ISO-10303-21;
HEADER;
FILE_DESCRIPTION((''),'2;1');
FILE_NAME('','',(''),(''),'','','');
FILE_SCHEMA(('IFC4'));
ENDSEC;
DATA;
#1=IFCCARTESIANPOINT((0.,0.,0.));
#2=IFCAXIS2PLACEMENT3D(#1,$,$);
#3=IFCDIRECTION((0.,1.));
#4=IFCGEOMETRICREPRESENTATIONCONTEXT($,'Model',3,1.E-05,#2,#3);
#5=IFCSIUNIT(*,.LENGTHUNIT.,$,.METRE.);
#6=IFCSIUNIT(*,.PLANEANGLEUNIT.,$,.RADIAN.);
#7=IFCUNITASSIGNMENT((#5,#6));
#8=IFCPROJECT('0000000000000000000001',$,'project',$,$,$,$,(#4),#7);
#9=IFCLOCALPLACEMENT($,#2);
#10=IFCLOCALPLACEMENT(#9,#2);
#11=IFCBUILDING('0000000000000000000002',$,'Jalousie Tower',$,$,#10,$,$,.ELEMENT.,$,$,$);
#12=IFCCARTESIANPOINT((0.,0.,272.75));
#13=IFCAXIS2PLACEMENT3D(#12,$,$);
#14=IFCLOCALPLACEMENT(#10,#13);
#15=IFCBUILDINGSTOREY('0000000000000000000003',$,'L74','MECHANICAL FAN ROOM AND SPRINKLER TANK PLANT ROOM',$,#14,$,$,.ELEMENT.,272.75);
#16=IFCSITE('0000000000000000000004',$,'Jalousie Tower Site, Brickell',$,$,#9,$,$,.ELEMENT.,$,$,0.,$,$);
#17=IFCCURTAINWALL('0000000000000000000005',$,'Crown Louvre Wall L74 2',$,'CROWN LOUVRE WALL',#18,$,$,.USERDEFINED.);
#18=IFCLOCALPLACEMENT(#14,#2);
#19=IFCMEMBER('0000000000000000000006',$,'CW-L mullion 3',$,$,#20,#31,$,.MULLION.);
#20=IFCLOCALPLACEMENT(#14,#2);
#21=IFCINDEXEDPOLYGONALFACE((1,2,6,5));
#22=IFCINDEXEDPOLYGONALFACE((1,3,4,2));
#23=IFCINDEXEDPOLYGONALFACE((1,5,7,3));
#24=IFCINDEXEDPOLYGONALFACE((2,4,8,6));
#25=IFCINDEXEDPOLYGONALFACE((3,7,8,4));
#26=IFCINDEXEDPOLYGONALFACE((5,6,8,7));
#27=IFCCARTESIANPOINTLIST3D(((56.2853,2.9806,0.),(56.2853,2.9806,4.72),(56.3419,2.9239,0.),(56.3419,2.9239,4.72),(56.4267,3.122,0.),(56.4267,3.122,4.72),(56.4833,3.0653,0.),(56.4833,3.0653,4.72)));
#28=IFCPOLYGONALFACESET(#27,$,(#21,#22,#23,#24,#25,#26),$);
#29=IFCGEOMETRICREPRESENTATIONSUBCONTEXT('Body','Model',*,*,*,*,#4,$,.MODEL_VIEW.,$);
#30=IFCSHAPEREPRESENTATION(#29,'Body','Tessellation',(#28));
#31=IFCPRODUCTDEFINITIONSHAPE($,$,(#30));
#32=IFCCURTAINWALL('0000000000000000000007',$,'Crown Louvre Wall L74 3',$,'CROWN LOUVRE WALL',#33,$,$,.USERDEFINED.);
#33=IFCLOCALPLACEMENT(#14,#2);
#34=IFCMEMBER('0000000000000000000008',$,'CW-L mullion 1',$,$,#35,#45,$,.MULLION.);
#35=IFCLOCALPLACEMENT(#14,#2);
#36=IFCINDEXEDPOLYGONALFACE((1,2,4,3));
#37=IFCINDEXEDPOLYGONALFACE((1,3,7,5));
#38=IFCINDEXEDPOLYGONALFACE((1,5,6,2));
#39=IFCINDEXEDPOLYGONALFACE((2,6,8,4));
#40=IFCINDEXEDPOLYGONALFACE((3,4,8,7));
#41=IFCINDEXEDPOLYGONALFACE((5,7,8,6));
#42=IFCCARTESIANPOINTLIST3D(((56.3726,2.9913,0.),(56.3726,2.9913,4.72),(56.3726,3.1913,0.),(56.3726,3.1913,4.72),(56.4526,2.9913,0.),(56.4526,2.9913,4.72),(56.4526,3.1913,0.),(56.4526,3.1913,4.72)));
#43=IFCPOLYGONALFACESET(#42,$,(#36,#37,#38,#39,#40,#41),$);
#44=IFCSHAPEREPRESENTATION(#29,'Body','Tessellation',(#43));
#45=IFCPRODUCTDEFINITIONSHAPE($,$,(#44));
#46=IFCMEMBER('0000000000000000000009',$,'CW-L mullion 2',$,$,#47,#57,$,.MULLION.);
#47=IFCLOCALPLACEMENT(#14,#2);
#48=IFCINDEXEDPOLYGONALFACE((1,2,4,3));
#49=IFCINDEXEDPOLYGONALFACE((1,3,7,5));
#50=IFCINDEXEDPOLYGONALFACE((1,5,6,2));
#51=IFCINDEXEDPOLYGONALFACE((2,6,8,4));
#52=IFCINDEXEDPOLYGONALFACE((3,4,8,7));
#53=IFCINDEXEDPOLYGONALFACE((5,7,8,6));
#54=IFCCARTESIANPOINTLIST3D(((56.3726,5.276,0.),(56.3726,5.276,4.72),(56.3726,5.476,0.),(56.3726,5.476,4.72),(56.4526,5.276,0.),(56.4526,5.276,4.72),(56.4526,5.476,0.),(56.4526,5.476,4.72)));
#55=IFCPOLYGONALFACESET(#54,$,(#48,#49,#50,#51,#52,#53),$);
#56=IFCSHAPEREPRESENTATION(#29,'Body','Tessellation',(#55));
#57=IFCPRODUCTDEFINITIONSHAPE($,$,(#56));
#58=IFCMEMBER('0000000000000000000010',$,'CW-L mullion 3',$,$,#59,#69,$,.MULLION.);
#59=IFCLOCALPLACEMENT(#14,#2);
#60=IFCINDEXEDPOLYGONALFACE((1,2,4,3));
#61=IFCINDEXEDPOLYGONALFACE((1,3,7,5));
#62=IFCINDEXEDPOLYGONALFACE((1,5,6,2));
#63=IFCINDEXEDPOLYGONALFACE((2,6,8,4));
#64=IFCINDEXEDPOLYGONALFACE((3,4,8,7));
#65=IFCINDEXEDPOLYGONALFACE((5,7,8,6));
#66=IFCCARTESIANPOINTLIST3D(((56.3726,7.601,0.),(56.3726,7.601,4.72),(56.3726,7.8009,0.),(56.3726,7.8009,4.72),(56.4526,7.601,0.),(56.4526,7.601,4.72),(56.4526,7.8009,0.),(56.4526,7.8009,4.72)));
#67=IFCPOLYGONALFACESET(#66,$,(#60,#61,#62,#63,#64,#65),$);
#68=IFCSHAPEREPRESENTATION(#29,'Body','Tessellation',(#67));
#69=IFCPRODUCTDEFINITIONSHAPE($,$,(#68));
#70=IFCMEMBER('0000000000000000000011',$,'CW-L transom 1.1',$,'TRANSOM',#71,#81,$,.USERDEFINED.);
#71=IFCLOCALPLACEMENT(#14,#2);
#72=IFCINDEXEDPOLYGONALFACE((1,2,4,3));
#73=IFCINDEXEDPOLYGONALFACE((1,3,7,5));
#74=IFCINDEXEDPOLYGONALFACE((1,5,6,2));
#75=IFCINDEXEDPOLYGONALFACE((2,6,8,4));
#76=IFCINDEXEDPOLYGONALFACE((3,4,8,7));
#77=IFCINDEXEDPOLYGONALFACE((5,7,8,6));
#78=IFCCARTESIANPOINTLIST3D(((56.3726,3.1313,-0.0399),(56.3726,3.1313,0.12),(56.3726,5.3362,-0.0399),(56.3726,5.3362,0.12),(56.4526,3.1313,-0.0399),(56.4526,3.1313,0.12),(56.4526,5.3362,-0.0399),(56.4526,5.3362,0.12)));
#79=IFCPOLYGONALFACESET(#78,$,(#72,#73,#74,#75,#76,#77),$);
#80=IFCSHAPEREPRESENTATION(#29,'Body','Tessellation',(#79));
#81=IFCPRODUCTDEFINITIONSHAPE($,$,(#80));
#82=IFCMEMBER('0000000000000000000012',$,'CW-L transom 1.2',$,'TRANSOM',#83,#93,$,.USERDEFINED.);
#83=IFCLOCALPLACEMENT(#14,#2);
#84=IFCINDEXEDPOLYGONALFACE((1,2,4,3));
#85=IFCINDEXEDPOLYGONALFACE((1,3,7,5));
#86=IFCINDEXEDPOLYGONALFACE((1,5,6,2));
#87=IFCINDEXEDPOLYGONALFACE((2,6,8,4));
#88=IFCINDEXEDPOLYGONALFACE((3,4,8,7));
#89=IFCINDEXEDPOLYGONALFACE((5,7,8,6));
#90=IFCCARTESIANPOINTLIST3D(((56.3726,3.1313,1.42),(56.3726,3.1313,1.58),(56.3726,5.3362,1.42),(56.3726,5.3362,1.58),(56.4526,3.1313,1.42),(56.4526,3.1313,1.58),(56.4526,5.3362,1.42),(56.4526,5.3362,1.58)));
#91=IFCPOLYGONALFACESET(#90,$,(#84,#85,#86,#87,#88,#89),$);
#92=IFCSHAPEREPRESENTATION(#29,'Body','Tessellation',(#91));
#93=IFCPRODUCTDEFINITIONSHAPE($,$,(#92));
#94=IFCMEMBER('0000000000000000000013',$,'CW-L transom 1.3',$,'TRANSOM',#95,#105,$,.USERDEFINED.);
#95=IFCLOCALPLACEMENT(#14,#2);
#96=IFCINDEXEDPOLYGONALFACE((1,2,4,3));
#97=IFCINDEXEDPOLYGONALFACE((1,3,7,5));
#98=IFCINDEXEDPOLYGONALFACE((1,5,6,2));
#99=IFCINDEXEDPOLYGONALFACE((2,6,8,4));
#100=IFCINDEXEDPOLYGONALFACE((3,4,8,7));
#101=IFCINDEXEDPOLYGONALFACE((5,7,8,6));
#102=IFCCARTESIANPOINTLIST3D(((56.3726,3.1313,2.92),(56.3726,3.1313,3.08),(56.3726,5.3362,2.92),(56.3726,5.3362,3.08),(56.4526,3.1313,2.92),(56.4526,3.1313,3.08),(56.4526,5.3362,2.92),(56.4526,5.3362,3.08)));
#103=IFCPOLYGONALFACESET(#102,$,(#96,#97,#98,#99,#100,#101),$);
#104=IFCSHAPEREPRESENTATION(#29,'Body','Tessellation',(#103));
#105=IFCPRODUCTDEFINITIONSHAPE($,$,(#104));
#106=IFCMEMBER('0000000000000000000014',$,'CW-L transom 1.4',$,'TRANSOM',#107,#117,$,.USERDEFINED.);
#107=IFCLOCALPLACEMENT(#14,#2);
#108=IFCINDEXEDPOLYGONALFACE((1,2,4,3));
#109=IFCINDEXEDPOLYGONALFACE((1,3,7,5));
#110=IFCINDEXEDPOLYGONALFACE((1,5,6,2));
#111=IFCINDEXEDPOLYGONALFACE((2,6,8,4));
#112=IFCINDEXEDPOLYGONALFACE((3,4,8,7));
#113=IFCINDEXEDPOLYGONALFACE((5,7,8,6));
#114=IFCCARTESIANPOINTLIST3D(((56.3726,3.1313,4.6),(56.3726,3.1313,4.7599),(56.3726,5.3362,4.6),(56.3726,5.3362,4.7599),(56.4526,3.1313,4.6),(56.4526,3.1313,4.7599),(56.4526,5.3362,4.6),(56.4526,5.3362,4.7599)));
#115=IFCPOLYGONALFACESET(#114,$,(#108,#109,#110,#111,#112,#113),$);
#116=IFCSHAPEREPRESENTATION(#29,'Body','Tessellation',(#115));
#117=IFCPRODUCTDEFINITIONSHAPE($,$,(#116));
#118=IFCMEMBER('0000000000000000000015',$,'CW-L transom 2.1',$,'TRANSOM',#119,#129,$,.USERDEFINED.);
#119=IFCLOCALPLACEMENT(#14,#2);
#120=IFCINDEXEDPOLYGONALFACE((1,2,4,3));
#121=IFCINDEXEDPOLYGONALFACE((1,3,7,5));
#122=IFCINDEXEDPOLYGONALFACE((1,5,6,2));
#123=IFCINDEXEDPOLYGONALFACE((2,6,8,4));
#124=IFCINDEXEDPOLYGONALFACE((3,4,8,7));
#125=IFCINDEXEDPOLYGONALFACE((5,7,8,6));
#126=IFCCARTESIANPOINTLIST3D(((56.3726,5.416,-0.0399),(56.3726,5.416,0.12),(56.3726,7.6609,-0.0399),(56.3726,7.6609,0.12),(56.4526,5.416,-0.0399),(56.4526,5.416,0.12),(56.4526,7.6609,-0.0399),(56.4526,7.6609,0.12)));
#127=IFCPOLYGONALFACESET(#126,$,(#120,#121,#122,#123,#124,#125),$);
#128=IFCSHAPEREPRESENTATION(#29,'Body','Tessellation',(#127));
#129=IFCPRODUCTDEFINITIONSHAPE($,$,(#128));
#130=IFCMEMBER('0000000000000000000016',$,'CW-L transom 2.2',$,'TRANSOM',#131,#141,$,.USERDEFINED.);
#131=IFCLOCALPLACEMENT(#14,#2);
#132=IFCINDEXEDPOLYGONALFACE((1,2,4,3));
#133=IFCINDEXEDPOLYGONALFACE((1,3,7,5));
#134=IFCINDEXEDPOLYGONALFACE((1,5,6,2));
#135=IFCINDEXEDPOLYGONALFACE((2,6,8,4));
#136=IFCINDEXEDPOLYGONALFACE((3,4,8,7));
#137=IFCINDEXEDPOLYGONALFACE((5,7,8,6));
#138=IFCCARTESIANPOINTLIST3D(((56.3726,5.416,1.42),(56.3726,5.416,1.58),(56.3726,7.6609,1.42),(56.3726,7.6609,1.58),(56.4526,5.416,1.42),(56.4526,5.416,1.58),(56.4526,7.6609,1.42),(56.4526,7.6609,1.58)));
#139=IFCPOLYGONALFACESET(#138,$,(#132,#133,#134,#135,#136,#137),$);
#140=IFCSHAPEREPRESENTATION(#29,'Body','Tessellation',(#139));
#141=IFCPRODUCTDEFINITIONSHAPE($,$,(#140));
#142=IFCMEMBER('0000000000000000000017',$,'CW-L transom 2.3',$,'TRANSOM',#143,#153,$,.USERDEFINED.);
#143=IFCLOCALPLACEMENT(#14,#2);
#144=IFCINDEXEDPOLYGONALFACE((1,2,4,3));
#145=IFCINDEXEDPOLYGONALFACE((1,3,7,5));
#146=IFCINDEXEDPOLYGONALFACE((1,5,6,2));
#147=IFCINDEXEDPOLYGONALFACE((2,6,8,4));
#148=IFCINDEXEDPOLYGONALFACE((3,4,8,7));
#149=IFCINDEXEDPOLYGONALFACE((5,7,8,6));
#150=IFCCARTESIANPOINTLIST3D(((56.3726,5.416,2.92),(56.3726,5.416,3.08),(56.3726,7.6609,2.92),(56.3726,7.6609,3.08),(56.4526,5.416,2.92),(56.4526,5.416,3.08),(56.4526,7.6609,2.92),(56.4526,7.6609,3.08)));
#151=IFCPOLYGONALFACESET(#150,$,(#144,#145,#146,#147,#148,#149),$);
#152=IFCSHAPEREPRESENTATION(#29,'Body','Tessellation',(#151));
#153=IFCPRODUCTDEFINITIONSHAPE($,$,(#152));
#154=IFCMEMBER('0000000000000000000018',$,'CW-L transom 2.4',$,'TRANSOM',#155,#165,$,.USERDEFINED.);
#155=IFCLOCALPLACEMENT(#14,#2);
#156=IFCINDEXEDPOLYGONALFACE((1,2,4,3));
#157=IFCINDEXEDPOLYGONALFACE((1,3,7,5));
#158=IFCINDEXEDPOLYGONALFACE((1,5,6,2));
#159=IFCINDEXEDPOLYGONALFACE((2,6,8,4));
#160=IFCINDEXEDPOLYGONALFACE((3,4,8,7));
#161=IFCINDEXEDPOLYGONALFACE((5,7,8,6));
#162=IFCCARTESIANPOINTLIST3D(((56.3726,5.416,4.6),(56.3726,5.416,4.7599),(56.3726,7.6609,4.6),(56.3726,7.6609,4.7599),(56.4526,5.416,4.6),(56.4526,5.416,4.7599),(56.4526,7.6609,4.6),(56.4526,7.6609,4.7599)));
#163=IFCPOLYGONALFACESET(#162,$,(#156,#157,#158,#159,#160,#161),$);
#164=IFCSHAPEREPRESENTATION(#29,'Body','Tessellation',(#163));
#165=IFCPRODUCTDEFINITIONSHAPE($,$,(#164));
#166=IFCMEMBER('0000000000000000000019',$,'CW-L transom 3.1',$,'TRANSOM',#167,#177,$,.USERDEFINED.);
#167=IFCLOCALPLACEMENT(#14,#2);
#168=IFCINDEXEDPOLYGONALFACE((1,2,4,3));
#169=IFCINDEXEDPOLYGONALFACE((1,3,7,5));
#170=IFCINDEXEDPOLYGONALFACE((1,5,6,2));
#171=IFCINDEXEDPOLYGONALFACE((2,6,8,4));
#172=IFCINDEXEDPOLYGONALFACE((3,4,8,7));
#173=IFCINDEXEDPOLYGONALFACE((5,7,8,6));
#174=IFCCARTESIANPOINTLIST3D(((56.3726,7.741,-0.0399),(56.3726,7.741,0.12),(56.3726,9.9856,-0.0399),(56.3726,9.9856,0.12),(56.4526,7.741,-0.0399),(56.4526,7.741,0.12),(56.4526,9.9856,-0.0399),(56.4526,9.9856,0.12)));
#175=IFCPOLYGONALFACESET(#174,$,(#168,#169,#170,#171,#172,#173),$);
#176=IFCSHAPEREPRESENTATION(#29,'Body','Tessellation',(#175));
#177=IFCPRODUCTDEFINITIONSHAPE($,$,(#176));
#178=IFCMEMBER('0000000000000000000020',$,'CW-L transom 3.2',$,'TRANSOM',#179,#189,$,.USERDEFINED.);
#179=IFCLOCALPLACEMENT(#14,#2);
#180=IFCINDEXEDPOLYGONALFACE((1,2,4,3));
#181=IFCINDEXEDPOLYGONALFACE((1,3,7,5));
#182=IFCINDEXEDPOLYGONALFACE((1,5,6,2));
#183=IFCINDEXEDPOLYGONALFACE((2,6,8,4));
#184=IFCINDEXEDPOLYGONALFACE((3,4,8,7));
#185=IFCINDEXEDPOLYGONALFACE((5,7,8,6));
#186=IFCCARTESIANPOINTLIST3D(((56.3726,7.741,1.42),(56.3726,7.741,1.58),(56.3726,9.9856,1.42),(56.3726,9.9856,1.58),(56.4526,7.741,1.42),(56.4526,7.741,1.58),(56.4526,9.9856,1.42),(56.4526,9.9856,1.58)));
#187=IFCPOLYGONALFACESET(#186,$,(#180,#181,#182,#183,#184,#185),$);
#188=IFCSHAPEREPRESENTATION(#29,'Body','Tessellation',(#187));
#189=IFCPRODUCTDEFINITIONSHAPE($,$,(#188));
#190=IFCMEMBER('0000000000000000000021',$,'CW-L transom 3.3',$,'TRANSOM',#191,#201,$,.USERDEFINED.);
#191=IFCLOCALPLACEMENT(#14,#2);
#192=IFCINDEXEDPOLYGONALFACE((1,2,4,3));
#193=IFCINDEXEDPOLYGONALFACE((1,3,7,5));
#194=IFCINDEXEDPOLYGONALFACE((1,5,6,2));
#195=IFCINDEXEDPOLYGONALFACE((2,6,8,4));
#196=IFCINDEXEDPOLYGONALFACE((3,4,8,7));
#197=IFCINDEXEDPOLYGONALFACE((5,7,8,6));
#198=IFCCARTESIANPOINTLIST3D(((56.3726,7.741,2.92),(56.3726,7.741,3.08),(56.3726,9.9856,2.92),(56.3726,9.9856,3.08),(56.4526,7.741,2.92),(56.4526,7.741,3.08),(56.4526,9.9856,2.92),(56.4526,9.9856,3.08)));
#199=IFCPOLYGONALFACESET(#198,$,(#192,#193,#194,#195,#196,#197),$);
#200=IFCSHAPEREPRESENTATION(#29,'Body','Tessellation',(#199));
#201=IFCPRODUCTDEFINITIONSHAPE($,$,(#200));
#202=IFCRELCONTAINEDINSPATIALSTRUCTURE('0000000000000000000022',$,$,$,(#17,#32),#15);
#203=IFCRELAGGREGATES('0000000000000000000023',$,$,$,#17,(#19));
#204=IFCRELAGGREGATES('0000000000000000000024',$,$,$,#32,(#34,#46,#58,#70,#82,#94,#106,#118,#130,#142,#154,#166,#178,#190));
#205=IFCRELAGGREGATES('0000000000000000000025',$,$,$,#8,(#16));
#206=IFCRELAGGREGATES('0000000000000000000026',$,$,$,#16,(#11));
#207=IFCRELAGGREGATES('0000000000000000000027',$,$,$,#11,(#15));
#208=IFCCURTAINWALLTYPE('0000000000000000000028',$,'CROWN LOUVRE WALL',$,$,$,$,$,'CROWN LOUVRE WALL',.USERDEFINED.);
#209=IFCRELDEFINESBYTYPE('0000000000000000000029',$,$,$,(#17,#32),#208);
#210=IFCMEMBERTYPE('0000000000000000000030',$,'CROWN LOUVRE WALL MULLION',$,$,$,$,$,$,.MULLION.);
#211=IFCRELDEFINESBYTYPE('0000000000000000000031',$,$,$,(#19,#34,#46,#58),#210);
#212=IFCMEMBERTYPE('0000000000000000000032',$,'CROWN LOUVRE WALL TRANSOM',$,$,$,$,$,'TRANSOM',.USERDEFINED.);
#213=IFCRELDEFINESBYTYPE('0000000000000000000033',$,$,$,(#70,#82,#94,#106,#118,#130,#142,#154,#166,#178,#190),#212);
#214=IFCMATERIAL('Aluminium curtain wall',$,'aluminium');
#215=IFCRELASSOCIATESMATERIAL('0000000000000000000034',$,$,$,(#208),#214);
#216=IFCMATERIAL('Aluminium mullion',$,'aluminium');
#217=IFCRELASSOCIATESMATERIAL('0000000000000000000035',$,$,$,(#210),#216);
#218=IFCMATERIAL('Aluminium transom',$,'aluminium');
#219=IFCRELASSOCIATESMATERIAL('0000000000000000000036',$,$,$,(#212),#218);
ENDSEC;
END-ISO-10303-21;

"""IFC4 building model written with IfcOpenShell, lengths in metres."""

from ifc_helpers import new_model, si_unit, direction, frame, origin, origin_2d, place, context, subcontext, project, spatial, rectangle, extrude, material, material_profile, profile_set, type_object, element, aggregate, save


model = new_model("IFC4")

# Units and contexts
model_context = context("Model", 3, precision=1e-05, world=origin(), true_north=direction((0.0, 1.0)))
body_context = subcontext(model_context, "Body", "Model", "MODEL_VIEW")
ifc_project = project(units=[si_unit("LENGTHUNIT", "METRE"), si_unit("PLANEANGLEUNIT", "RADIAN")], contexts=[model_context])

# Site, building, storey
site_placement = place(None, origin())
site = spatial("IfcSite", under=ifc_project, at=site_placement, Name="Jalousie Tower Site, Brickell", CompositionType="ELEMENT", RefElevation=0.0)
building_placement = place(site_placement, origin())
building = spatial("IfcBuilding", under=site, at=building_placement, Name="Jalousie Tower", CompositionType="ELEMENT")
storey_placement = place(building_placement, frame((0.0, 0.0, 272.75)))
storey = spatial("IfcBuildingStorey", under=building, at=storey_placement, Name="L74", Description="MECHANICAL FAN ROOM AND SPRINKLER TANK PLANT ROOM", CompositionType="ELEMENT", Elevation=272.75)

# Curtain wall, member
ifc_material_1 = material(Name="Aluminium curtain wall", Category="aluminium")
curtain_wall_type = type_object("IfcCurtainWallType", Name="CROWN LOUVRE WALL", ElementType="CROWN LOUVRE WALL", PredefinedType="USERDEFINED", material=ifc_material_1)
curtain_wall_1_placement = place(storey_placement, origin())
curtain_wall_1 = element("IfcCurtainWall", 1, at=curtain_wall_1_placement, inside=storey, type_object=curtain_wall_type, Name="Crown Louvre Wall L74 2", ObjectType="CROWN LOUVRE WALL", PredefinedType="USERDEFINED")
ifc_material_2 = material(Name="Aluminium mullion", Category="aluminium")
ifc_material_profile_1 = material_profile(ifc_material_2, rectangle(XDim=0.0801, YDim=0.2, at=origin_2d()), Name="MULLION 80x200")
ifc_profile_set_1 = profile_set([ifc_material_profile_1], Name="Aluminium mullion")
member_type_1 = type_object("IfcMemberType", Name="CROWN LOUVRE WALL MULLION", PredefinedType="MULLION", material=ifc_profile_set_1)
member_1_placement = place(storey_placement, frame((56.3843, 3.0229, 0.0), z_axis=(0.0, 0.0, 1.0), x_axis=(-0.707107, 0.707107, 0.0)))
member_1 = element("IfcMember", 2, at=member_1_placement, type_object=member_type_1, Name="CW-L mullion 3", PredefinedType="MULLION", context=body_context, shape_type="SweptSolid", body=[
    extrude(rectangle(XDim=0.0801, YDim=0.2, at=origin_2d()), origin(), (0.0, 0.0, 1.0), 4.72),
])
aggregate(curtain_wall_1, [member_1])

# Curtain wall, members
curtain_wall_2_placement = place(storey_placement, origin())
curtain_wall_2 = element("IfcCurtainWall", 3, at=curtain_wall_2_placement, inside=storey, type_object=curtain_wall_type, Name="Crown Louvre Wall L74 3", ObjectType="CROWN LOUVRE WALL", PredefinedType="USERDEFINED")
member_2_placement = place(storey_placement, frame((56.4126, 3.0913, 0.0), z_axis=(0.0, 0.0, 1.0), x_axis=(-1.0, 0.0, 0.0)))
member_2 = element("IfcMember", 4, at=member_2_placement, type_object=member_type_1, Name="CW-L mullion 1", PredefinedType="MULLION", context=body_context, shape_type="SweptSolid", body=[
    extrude(rectangle(XDim=0.0801, YDim=0.2, at=origin_2d()), origin(), (0.0, 0.0, 1.0), 4.72),
])
member_3_placement = place(storey_placement, frame((56.4126, 5.376, 0.0), z_axis=(0.0, 0.0, 1.0), x_axis=(-1.0, 0.0, 0.0)))
member_3 = element("IfcMember", 5, at=member_3_placement, type_object=member_type_1, Name="CW-L mullion 2", PredefinedType="MULLION", context=body_context, shape_type="SweptSolid", body=[
    extrude(rectangle(XDim=0.0801, YDim=0.2, at=origin_2d()), origin(), (0.0, 0.0, 1.0), 4.72),
])
member_4_placement = place(storey_placement, frame((56.4126, 7.7009, 0.0), z_axis=(0.0, 0.0, 1.0), x_axis=(-1.0, 0.0, 0.0)))
member_4 = element("IfcMember", 6, at=member_4_placement, type_object=member_type_1, Name="CW-L mullion 3", PredefinedType="MULLION", context=body_context, shape_type="SweptSolid", body=[
    extrude(rectangle(XDim=0.0801, YDim=0.2, at=origin_2d()), origin(), (0.0, 0.0, 1.0), 4.72),
])
ifc_material_3 = material(Name="Aluminium transom", Category="aluminium")
ifc_material_profile_2 = material_profile(ifc_material_3, rectangle(XDim=0.0801, YDim=0.1599, at=origin_2d()), Name="TRANSOM 80x160")
ifc_profile_set_2 = profile_set([ifc_material_profile_2], Name="Aluminium transom")
member_type_2 = type_object("IfcMemberType", Name="CROWN LOUVRE WALL TRANSOM", ElementType="TRANSOM", PredefinedType="USERDEFINED", material=ifc_profile_set_2)
member_5_placement = place(storey_placement, frame((56.4126, 3.1313, 0.04), z_axis=(0.0, 1.0, 0.0), x_axis=(-1.0, 0.0, 0.0)))
member_5 = element("IfcMember", 7, at=member_5_placement, type_object=member_type_2, Name="CW-L transom 1.1", ObjectType="TRANSOM", PredefinedType="USERDEFINED", context=body_context, shape_type="SweptSolid", body=[
    extrude(rectangle(XDim=0.0801, YDim=0.1599, at=origin_2d()), origin(), (0.0, 0.0, 1.0), 2.2048),
])
member_6_placement = place(storey_placement, frame((56.4126, 3.1313, 1.5), z_axis=(0.0, 1.0, 0.0), x_axis=(-1.0, 0.0, 0.0)))
member_6 = element("IfcMember", 8, at=member_6_placement, type_object=member_type_2, Name="CW-L transom 1.2", ObjectType="TRANSOM", PredefinedType="USERDEFINED", context=body_context, shape_type="SweptSolid", body=[
    extrude(rectangle(XDim=0.0801, YDim=0.1599, at=origin_2d()), origin(), (0.0, 0.0, 1.0), 2.2048),
])
member_7_placement = place(storey_placement, frame((56.4126, 3.1313, 3.0), z_axis=(0.0, 1.0, 0.0), x_axis=(-1.0, 0.0, 0.0)))
member_7 = element("IfcMember", 9, at=member_7_placement, type_object=member_type_2, Name="CW-L transom 1.3", ObjectType="TRANSOM", PredefinedType="USERDEFINED", context=body_context, shape_type="SweptSolid", body=[
    extrude(rectangle(XDim=0.0801, YDim=0.1599, at=origin_2d()), origin(), (0.0, 0.0, 1.0), 2.2048),
])
member_8_placement = place(storey_placement, frame((56.4126, 3.1313, 4.6799), z_axis=(0.0, 1.0, 0.0), x_axis=(-1.0, 0.0, 0.0)))
member_8 = element("IfcMember", 10, at=member_8_placement, type_object=member_type_2, Name="CW-L transom 1.4", ObjectType="TRANSOM", PredefinedType="USERDEFINED", context=body_context, shape_type="SweptSolid", body=[
    extrude(rectangle(XDim=0.0801, YDim=0.1599, at=origin_2d()), origin(), (0.0, 0.0, 1.0), 2.2048),
])
member_9_placement = place(storey_placement, frame((56.4126, 5.416, 0.04), z_axis=(0.0, 1.0, 0.0), x_axis=(-1.0, 0.0, 0.0)))
member_9 = element("IfcMember", 11, at=member_9_placement, type_object=member_type_2, Name="CW-L transom 2.1", ObjectType="TRANSOM", PredefinedType="USERDEFINED", context=body_context, shape_type="SweptSolid", body=[
    extrude(rectangle(XDim=0.0801, YDim=0.1599, at=origin_2d()), origin(), (0.0, 0.0, 1.0), 2.2449),
])
member_10_placement = place(storey_placement, frame((56.4126, 5.416, 1.5), z_axis=(0.0, 1.0, 0.0), x_axis=(-1.0, 0.0, 0.0)))
member_10 = element("IfcMember", 12, at=member_10_placement, type_object=member_type_2, Name="CW-L transom 2.2", ObjectType="TRANSOM", PredefinedType="USERDEFINED", context=body_context, shape_type="SweptSolid", body=[
    extrude(rectangle(XDim=0.0801, YDim=0.1599, at=origin_2d()), origin(), (0.0, 0.0, 1.0), 2.2449),
])
member_11_placement = place(storey_placement, frame((56.4126, 5.416, 3.0), z_axis=(0.0, 1.0, 0.0), x_axis=(-1.0, 0.0, 0.0)))
member_11 = element("IfcMember", 13, at=member_11_placement, type_object=member_type_2, Name="CW-L transom 2.3", ObjectType="TRANSOM", PredefinedType="USERDEFINED", context=body_context, shape_type="SweptSolid", body=[
    extrude(rectangle(XDim=0.0801, YDim=0.1599, at=origin_2d()), origin(), (0.0, 0.0, 1.0), 2.2449),
])
member_12_placement = place(storey_placement, frame((56.4126, 5.416, 4.6799), z_axis=(0.0, 1.0, 0.0), x_axis=(-1.0, 0.0, 0.0)))
member_12 = element("IfcMember", 14, at=member_12_placement, type_object=member_type_2, Name="CW-L transom 2.4", ObjectType="TRANSOM", PredefinedType="USERDEFINED", context=body_context, shape_type="SweptSolid", body=[
    extrude(rectangle(XDim=0.0801, YDim=0.1599, at=origin_2d()), origin(), (0.0, 0.0, 1.0), 2.2449),
])
member_13_placement = place(storey_placement, frame((56.4126, 7.741, 0.04), z_axis=(0.0, 1.0, 0.0), x_axis=(-1.0, 0.0, 0.0)))
member_13 = element("IfcMember", 15, at=member_13_placement, type_object=member_type_2, Name="CW-L transom 3.1", ObjectType="TRANSOM", PredefinedType="USERDEFINED", context=body_context, shape_type="SweptSolid", body=[
    extrude(rectangle(XDim=0.0801, YDim=0.1599, at=origin_2d()), origin(), (0.0, 0.0, 1.0), 2.2446),
])
member_14_placement = place(storey_placement, frame((56.4126, 7.741, 1.5), z_axis=(0.0, 1.0, 0.0), x_axis=(-1.0, 0.0, 0.0)))
member_14 = element("IfcMember", 16, at=member_14_placement, type_object=member_type_2, Name="CW-L transom 3.2", ObjectType="TRANSOM", PredefinedType="USERDEFINED", context=body_context, shape_type="SweptSolid", body=[
    extrude(rectangle(XDim=0.0801, YDim=0.1599, at=origin_2d()), origin(), (0.0, 0.0, 1.0), 2.2446),
])
member_15_placement = place(storey_placement, frame((56.4126, 7.741, 3.0), z_axis=(0.0, 1.0, 0.0), x_axis=(-1.0, 0.0, 0.0)))
member_15 = element("IfcMember", 17, at=member_15_placement, type_object=member_type_2, Name="CW-L transom 3.3", ObjectType="TRANSOM", PredefinedType="USERDEFINED", context=body_context, shape_type="SweptSolid", body=[
    extrude(rectangle(XDim=0.0801, YDim=0.1599, at=origin_2d()), origin(), (0.0, 0.0, 1.0), 2.2446),
])

aggregate(curtain_wall_2, [member_2, member_3, member_4, member_5, member_6, member_7, member_8, member_9, member_10, member_11, member_12, member_13, member_14, member_15])

save(model, "model.ifc")
